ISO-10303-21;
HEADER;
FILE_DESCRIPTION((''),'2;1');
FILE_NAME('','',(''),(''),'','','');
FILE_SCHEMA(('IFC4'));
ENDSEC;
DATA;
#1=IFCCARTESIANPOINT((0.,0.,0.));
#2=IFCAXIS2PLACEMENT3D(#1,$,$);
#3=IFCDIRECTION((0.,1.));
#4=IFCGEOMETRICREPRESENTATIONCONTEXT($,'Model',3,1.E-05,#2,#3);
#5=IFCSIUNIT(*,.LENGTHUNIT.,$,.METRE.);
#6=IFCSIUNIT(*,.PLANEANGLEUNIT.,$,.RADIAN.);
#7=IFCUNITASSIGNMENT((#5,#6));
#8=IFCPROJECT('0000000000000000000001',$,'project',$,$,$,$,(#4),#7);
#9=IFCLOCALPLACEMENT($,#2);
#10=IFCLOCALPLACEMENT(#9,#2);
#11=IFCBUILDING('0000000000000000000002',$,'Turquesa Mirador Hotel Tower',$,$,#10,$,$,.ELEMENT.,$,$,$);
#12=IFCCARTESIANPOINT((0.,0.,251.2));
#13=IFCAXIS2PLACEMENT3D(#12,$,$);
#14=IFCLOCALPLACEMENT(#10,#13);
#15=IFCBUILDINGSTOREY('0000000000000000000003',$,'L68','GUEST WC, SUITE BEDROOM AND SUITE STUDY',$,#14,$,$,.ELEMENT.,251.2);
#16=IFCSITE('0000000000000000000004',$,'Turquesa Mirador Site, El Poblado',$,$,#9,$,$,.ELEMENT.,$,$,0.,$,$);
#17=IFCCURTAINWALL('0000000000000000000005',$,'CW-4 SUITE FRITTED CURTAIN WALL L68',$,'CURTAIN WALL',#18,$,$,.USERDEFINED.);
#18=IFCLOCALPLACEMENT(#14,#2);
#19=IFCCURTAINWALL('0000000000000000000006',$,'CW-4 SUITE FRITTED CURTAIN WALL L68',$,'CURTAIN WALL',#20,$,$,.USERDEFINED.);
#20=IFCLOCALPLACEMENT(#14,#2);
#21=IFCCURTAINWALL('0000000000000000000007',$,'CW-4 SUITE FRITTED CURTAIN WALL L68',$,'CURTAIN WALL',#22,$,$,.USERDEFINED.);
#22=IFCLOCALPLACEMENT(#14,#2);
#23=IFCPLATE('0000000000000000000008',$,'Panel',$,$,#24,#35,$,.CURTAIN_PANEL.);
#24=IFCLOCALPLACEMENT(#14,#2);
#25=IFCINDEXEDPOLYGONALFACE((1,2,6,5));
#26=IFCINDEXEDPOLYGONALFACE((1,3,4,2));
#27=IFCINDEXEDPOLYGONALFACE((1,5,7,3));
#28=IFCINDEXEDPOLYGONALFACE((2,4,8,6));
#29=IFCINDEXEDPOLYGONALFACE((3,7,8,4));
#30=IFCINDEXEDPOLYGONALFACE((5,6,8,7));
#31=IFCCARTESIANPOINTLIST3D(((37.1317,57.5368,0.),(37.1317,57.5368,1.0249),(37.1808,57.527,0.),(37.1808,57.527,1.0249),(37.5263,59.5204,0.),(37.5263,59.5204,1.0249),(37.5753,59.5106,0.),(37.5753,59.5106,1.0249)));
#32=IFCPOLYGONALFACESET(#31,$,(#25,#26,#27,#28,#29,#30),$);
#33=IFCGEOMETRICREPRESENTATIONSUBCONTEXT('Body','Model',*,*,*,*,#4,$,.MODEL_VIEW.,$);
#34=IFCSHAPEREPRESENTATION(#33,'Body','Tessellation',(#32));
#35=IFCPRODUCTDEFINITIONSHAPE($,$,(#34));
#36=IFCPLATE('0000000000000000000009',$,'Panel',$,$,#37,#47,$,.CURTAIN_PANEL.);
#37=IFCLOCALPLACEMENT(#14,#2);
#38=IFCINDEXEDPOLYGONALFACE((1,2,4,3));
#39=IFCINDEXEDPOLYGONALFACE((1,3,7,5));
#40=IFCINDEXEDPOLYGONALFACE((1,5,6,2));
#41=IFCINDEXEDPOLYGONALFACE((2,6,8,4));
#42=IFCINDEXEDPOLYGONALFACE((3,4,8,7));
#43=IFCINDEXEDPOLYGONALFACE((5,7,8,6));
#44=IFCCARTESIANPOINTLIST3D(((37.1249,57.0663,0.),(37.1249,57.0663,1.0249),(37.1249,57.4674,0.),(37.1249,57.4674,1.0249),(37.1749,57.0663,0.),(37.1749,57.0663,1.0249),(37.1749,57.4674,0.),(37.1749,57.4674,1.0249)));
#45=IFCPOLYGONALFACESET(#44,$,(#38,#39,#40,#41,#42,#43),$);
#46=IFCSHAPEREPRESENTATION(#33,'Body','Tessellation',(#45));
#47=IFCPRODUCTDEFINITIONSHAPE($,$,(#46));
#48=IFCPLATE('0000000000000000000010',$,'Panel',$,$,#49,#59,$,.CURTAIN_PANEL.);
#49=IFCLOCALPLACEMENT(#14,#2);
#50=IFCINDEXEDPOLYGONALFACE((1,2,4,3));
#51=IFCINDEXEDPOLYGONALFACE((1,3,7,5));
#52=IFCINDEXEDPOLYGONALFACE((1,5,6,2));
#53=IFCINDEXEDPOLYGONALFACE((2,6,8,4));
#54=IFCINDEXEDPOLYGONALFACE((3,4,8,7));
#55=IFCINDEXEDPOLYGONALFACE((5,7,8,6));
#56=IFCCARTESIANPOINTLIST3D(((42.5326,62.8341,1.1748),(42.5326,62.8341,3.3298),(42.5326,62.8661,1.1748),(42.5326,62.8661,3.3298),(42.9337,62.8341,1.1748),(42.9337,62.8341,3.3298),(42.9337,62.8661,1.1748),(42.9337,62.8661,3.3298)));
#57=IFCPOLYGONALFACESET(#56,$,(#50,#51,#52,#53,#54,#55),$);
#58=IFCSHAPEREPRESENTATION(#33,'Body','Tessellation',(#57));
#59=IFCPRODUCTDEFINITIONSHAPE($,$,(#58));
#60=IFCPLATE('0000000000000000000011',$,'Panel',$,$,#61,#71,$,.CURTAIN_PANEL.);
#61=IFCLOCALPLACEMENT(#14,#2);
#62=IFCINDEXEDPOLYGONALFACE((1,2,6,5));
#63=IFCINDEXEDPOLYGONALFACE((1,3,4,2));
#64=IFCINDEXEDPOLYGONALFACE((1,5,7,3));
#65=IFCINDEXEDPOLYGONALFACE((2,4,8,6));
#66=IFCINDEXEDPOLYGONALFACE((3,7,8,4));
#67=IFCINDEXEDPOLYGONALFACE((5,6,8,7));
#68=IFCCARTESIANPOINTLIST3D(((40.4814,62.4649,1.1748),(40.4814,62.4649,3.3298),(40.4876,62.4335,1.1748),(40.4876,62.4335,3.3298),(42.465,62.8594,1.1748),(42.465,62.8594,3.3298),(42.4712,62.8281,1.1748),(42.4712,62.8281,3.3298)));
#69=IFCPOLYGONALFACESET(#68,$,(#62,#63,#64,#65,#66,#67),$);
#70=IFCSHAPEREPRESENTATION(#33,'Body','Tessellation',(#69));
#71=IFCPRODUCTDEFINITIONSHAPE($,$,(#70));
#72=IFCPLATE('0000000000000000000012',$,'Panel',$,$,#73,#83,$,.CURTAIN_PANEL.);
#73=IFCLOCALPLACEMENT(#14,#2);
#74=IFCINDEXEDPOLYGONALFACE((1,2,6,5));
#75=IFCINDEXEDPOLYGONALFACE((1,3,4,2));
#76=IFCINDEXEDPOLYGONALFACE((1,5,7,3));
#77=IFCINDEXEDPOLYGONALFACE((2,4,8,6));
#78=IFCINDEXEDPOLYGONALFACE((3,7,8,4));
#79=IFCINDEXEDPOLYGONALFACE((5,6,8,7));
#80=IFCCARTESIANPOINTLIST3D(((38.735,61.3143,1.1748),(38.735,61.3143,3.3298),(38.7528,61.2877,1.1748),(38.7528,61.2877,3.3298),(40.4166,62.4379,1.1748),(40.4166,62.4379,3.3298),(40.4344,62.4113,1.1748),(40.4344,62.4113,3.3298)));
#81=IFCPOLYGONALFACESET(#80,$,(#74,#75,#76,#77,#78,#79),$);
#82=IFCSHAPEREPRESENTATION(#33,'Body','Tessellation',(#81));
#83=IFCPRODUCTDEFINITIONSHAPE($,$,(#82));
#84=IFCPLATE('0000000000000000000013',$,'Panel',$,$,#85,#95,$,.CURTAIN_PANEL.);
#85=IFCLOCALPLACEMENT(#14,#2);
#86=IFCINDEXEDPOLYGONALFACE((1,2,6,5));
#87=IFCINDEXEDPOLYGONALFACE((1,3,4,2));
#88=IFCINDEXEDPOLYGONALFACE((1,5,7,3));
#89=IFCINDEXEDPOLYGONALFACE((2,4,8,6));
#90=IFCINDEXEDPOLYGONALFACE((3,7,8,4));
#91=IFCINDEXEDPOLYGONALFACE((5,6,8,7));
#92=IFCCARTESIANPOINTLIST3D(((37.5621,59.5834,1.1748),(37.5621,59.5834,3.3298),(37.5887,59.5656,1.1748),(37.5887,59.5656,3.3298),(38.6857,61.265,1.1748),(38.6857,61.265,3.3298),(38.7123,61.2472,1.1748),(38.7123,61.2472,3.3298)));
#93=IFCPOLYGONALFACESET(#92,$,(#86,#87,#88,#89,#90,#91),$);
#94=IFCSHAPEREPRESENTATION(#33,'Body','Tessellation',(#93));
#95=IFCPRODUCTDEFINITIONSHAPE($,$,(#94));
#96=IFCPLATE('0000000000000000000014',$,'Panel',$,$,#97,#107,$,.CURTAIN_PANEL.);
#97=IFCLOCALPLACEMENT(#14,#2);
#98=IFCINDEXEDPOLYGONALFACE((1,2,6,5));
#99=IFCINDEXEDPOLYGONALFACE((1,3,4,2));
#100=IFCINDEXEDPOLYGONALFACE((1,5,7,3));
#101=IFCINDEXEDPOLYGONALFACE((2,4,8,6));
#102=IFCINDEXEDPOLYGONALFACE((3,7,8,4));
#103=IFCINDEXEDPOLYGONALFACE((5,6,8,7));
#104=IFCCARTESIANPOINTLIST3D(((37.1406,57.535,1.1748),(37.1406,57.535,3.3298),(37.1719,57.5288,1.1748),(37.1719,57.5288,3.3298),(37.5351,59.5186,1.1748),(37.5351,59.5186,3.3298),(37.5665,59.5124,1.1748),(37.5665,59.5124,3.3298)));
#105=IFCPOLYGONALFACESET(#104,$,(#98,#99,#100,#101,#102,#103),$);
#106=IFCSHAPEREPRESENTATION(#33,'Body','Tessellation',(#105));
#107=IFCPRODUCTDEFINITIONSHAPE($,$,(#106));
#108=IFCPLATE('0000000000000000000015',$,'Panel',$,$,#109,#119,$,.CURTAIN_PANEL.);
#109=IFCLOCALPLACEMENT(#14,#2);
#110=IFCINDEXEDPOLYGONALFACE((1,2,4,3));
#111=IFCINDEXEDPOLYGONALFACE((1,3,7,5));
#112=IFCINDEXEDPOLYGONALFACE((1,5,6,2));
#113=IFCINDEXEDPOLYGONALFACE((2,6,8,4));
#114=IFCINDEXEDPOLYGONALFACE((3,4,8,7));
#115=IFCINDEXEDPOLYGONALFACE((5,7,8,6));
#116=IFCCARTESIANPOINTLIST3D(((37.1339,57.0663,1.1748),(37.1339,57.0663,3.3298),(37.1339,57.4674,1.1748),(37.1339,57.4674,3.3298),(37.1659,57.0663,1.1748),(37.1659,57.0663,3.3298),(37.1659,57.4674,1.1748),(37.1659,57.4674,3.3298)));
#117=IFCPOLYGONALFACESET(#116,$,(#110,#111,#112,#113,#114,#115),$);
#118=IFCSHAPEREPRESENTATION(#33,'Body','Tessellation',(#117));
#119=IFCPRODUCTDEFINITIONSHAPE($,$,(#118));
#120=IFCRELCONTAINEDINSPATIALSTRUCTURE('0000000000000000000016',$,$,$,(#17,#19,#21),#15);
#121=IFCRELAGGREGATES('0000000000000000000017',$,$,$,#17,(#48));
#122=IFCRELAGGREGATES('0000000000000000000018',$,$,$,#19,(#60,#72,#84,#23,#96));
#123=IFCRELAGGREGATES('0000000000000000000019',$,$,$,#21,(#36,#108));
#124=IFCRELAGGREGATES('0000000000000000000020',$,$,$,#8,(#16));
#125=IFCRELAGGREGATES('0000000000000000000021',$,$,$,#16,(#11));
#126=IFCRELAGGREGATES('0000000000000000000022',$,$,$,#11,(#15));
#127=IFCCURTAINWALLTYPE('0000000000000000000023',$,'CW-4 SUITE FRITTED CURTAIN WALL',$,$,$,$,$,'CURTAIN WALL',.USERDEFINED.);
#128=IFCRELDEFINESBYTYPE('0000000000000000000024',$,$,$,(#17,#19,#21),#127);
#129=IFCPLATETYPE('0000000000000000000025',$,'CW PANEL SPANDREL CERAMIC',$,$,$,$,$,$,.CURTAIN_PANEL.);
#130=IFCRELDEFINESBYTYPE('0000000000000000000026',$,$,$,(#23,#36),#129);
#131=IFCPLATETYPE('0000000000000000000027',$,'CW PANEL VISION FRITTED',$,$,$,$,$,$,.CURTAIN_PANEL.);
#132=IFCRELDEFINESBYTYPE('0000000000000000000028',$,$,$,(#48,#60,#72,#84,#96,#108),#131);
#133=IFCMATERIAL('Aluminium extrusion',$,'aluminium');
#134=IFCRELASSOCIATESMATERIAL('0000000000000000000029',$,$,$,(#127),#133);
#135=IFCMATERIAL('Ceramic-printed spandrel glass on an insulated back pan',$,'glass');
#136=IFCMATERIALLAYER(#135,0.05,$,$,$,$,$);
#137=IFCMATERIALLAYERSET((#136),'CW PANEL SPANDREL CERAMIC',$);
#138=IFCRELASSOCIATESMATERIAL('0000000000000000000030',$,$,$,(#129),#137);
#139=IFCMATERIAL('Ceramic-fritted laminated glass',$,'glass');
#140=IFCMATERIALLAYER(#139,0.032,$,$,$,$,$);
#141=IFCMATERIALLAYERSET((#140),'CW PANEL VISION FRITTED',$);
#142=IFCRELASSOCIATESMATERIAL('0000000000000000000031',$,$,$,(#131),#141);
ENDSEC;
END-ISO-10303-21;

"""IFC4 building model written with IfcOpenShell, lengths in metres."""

from ifc_helpers import new_model, si_unit, direction, frame, origin, origin_2d, place, context, subcontext, project, spatial, rectangle, extrude, material, layer, layer_set, type_object, element, aggregate, save


model = new_model("IFC4")

# Units and contexts
model_context = context("Model", 3, precision=1e-05, world=origin(), true_north=direction((0.0, 1.0)))
body_context = subcontext(model_context, "Body", "Model", "MODEL_VIEW")
ifc_project = project(units=[si_unit("LENGTHUNIT", "METRE"), si_unit("PLANEANGLEUNIT", "RADIAN")], contexts=[model_context])

# Site, building, storey
site_placement = place(None, origin())
site = spatial("IfcSite", under=ifc_project, at=site_placement, Name="Turquesa Mirador Site, El Poblado", CompositionType="ELEMENT", RefElevation=0.0)
building_placement = place(site_placement, origin())
building = spatial("IfcBuilding", under=site, at=building_placement, Name="Turquesa Mirador Hotel Tower", CompositionType="ELEMENT")
storey_placement = place(building_placement, frame((0.0, 0.0, 251.2)))
storey = spatial("IfcBuildingStorey", under=building, at=storey_placement, Name="L68", Description="GUEST WC, SUITE BEDROOM AND SUITE STUDY", CompositionType="ELEMENT", Elevation=251.2)

# Curtain walls
ifc_material_1 = material(Name="Aluminium extrusion", Category="aluminium")
curtain_wall_type = type_object("IfcCurtainWallType", Name="CW-4 SUITE FRITTED CURTAIN WALL", ElementType="CURTAIN WALL", PredefinedType="USERDEFINED", material=ifc_material_1)
curtain_wall_1_placement = place(storey_placement, origin())
curtain_wall_1 = element("IfcCurtainWall", 1, at=curtain_wall_1_placement, inside=storey, type_object=curtain_wall_type, Name="CW-4 SUITE FRITTED CURTAIN WALL L68", ObjectType="CURTAIN WALL", PredefinedType="USERDEFINED")
curtain_wall_2_placement = place(storey_placement, origin())
curtain_wall_2 = element("IfcCurtainWall", 2, at=curtain_wall_2_placement, inside=storey, type_object=curtain_wall_type, Name="CW-4 SUITE FRITTED CURTAIN WALL L68", ObjectType="CURTAIN WALL", PredefinedType="USERDEFINED")
curtain_wall_3_placement = place(storey_placement, origin())
curtain_wall_3 = element("IfcCurtainWall", 3, at=curtain_wall_3_placement, inside=storey, type_object=curtain_wall_type, Name="CW-4 SUITE FRITTED CURTAIN WALL L68", ObjectType="CURTAIN WALL", PredefinedType="USERDEFINED")

# Plates
ifc_material_2 = material(Name="Ceramic-printed spandrel glass on an insulated back pan", Category="glass")
ifc_layer_1 = layer(ifc_material_2, 0.05)
ifc_layer_set_1 = layer_set([ifc_layer_1], Name="CW PANEL SPANDREL CERAMIC")
plate_type_1 = type_object("IfcPlateType", Name="CW PANEL SPANDREL CERAMIC", PredefinedType="CURTAIN_PANEL", material=ifc_layer_set_1)
plate_1_placement = place(storey_placement, frame((37.3535, 58.5237, 0.0), z_axis=(0.0, 0.0, 1.0), x_axis=(-0.195091, -0.980785, 0.0)))
plate_1 = element("IfcPlate", 4, at=plate_1_placement, type_object=plate_type_1, Name="Panel", PredefinedType="CURTAIN_PANEL", context=body_context, shape_type="SweptSolid", body=[
    extrude(rectangle(XDim=2.0225, YDim=0.05, at=origin_2d()), origin(), (0.0, 0.0, 1.0), 1.0249),
])
plate_2_placement = place(storey_placement, frame((37.1499, 57.2668, 0.0), z_axis=(0.0, 0.0, 1.0), x_axis=(0.0, -1.0, 0.0)))
plate_2 = element("IfcPlate", 5, at=plate_2_placement, type_object=plate_type_1, Name="Panel", PredefinedType="CURTAIN_PANEL", context=body_context, shape_type="SweptSolid", body=[
    extrude(rectangle(XDim=0.4011, YDim=0.05, at=origin_2d()), origin(), (0.0, 0.0, 1.0), 1.0249),
])
ifc_material_3 = material(Name="Ceramic-fritted laminated glass", Category="glass")
ifc_layer_2 = layer(ifc_material_3, 0.032)
ifc_layer_set_2 = layer_set([ifc_layer_2], Name="CW PANEL VISION FRITTED")
plate_type_2 = type_object("IfcPlateType", Name="CW PANEL VISION FRITTED", PredefinedType="CURTAIN_PANEL", material=ifc_layer_set_2)
plate_3_placement = place(storey_placement, frame((42.7332, 62.8501, 1.1748), z_axis=(0.0, 0.0, 1.0), x_axis=(-1.0, 0.0, 0.0)))
plate_3 = element("IfcPlate", 6, at=plate_3_placement, type_object=plate_type_2, Name="Panel", PredefinedType="CURTAIN_PANEL", context=body_context, shape_type="SweptSolid", body=[
    extrude(rectangle(XDim=0.4011, YDim=0.032, at=origin_2d()), origin(), (0.0, 0.0, 1.0), 2.155),
])
aggregate(curtain_wall_1, [plate_3])
plate_4_placement = place(storey_placement, frame((41.4763, 62.6465, 1.1748), z_axis=(0.0, 0.0, 1.0), x_axis=(-0.980785, -0.195091, 0.0)))
plate_4 = element("IfcPlate", 7, at=plate_4_placement, type_object=plate_type_2, Name="Panel", PredefinedType="CURTAIN_PANEL", context=body_context, shape_type="SweptSolid", body=[
    extrude(rectangle(XDim=2.0225, YDim=0.032, at=origin_2d()), origin(), (0.0, 0.0, 1.0), 2.155),
])
plate_5_placement = place(storey_placement, frame((39.5847, 61.8628, 1.1748), z_axis=(0.0, 0.0, 1.0), x_axis=(-0.83147, -0.55557, 0.0)))
plate_5 = element("IfcPlate", 8, at=plate_5_placement, type_object=plate_type_2, Name="Panel", PredefinedType="CURTAIN_PANEL", context=body_context, shape_type="SweptSolid", body=[
    extrude(rectangle(XDim=2.0225, YDim=0.032, at=origin_2d()), origin(), (0.0, 0.0, 1.0), 2.155),
])
plate_6_placement = place(storey_placement, frame((38.1372, 60.4153, 1.1748), z_axis=(0.0, 0.0, 1.0), x_axis=(-0.55557, -0.83147, 0.0)))
plate_6 = element("IfcPlate", 9, at=plate_6_placement, type_object=plate_type_2, Name="Panel", PredefinedType="CURTAIN_PANEL", context=body_context, shape_type="SweptSolid", body=[
    extrude(rectangle(XDim=2.0225, YDim=0.032, at=origin_2d()), origin(), (0.0, 0.0, 1.0), 2.155),
])
plate_7_placement = place(storey_placement, frame((37.3535, 58.5237, 1.1748), z_axis=(0.0, 0.0, 1.0), x_axis=(-0.195091, -0.980785, 0.0)))
plate_7 = element("IfcPlate", 10, at=plate_7_placement, type_object=plate_type_2, Name="Panel", PredefinedType="CURTAIN_PANEL", context=body_context, shape_type="SweptSolid", body=[
    extrude(rectangle(XDim=2.0225, YDim=0.032, at=origin_2d()), origin(), (0.0, 0.0, 1.0), 2.155),
])
aggregate(curtain_wall_2, [plate_4, plate_5, plate_6, plate_1, plate_7])
plate_8_placement = place(storey_placement, frame((37.1499, 57.2668, 1.1748), z_axis=(0.0, 0.0, 1.0), x_axis=(0.0, -1.0, 0.0)))
plate_8 = element("IfcPlate", 11, at=plate_8_placement, type_object=plate_type_2, Name="Panel", PredefinedType="CURTAIN_PANEL", context=body_context, shape_type="SweptSolid", body=[
    extrude(rectangle(XDim=0.4011, YDim=0.032, at=origin_2d()), origin(), (0.0, 0.0, 1.0), 2.155),
])
aggregate(curtain_wall_3, [plate_2, plate_8])

save(model, "model.ifc")
